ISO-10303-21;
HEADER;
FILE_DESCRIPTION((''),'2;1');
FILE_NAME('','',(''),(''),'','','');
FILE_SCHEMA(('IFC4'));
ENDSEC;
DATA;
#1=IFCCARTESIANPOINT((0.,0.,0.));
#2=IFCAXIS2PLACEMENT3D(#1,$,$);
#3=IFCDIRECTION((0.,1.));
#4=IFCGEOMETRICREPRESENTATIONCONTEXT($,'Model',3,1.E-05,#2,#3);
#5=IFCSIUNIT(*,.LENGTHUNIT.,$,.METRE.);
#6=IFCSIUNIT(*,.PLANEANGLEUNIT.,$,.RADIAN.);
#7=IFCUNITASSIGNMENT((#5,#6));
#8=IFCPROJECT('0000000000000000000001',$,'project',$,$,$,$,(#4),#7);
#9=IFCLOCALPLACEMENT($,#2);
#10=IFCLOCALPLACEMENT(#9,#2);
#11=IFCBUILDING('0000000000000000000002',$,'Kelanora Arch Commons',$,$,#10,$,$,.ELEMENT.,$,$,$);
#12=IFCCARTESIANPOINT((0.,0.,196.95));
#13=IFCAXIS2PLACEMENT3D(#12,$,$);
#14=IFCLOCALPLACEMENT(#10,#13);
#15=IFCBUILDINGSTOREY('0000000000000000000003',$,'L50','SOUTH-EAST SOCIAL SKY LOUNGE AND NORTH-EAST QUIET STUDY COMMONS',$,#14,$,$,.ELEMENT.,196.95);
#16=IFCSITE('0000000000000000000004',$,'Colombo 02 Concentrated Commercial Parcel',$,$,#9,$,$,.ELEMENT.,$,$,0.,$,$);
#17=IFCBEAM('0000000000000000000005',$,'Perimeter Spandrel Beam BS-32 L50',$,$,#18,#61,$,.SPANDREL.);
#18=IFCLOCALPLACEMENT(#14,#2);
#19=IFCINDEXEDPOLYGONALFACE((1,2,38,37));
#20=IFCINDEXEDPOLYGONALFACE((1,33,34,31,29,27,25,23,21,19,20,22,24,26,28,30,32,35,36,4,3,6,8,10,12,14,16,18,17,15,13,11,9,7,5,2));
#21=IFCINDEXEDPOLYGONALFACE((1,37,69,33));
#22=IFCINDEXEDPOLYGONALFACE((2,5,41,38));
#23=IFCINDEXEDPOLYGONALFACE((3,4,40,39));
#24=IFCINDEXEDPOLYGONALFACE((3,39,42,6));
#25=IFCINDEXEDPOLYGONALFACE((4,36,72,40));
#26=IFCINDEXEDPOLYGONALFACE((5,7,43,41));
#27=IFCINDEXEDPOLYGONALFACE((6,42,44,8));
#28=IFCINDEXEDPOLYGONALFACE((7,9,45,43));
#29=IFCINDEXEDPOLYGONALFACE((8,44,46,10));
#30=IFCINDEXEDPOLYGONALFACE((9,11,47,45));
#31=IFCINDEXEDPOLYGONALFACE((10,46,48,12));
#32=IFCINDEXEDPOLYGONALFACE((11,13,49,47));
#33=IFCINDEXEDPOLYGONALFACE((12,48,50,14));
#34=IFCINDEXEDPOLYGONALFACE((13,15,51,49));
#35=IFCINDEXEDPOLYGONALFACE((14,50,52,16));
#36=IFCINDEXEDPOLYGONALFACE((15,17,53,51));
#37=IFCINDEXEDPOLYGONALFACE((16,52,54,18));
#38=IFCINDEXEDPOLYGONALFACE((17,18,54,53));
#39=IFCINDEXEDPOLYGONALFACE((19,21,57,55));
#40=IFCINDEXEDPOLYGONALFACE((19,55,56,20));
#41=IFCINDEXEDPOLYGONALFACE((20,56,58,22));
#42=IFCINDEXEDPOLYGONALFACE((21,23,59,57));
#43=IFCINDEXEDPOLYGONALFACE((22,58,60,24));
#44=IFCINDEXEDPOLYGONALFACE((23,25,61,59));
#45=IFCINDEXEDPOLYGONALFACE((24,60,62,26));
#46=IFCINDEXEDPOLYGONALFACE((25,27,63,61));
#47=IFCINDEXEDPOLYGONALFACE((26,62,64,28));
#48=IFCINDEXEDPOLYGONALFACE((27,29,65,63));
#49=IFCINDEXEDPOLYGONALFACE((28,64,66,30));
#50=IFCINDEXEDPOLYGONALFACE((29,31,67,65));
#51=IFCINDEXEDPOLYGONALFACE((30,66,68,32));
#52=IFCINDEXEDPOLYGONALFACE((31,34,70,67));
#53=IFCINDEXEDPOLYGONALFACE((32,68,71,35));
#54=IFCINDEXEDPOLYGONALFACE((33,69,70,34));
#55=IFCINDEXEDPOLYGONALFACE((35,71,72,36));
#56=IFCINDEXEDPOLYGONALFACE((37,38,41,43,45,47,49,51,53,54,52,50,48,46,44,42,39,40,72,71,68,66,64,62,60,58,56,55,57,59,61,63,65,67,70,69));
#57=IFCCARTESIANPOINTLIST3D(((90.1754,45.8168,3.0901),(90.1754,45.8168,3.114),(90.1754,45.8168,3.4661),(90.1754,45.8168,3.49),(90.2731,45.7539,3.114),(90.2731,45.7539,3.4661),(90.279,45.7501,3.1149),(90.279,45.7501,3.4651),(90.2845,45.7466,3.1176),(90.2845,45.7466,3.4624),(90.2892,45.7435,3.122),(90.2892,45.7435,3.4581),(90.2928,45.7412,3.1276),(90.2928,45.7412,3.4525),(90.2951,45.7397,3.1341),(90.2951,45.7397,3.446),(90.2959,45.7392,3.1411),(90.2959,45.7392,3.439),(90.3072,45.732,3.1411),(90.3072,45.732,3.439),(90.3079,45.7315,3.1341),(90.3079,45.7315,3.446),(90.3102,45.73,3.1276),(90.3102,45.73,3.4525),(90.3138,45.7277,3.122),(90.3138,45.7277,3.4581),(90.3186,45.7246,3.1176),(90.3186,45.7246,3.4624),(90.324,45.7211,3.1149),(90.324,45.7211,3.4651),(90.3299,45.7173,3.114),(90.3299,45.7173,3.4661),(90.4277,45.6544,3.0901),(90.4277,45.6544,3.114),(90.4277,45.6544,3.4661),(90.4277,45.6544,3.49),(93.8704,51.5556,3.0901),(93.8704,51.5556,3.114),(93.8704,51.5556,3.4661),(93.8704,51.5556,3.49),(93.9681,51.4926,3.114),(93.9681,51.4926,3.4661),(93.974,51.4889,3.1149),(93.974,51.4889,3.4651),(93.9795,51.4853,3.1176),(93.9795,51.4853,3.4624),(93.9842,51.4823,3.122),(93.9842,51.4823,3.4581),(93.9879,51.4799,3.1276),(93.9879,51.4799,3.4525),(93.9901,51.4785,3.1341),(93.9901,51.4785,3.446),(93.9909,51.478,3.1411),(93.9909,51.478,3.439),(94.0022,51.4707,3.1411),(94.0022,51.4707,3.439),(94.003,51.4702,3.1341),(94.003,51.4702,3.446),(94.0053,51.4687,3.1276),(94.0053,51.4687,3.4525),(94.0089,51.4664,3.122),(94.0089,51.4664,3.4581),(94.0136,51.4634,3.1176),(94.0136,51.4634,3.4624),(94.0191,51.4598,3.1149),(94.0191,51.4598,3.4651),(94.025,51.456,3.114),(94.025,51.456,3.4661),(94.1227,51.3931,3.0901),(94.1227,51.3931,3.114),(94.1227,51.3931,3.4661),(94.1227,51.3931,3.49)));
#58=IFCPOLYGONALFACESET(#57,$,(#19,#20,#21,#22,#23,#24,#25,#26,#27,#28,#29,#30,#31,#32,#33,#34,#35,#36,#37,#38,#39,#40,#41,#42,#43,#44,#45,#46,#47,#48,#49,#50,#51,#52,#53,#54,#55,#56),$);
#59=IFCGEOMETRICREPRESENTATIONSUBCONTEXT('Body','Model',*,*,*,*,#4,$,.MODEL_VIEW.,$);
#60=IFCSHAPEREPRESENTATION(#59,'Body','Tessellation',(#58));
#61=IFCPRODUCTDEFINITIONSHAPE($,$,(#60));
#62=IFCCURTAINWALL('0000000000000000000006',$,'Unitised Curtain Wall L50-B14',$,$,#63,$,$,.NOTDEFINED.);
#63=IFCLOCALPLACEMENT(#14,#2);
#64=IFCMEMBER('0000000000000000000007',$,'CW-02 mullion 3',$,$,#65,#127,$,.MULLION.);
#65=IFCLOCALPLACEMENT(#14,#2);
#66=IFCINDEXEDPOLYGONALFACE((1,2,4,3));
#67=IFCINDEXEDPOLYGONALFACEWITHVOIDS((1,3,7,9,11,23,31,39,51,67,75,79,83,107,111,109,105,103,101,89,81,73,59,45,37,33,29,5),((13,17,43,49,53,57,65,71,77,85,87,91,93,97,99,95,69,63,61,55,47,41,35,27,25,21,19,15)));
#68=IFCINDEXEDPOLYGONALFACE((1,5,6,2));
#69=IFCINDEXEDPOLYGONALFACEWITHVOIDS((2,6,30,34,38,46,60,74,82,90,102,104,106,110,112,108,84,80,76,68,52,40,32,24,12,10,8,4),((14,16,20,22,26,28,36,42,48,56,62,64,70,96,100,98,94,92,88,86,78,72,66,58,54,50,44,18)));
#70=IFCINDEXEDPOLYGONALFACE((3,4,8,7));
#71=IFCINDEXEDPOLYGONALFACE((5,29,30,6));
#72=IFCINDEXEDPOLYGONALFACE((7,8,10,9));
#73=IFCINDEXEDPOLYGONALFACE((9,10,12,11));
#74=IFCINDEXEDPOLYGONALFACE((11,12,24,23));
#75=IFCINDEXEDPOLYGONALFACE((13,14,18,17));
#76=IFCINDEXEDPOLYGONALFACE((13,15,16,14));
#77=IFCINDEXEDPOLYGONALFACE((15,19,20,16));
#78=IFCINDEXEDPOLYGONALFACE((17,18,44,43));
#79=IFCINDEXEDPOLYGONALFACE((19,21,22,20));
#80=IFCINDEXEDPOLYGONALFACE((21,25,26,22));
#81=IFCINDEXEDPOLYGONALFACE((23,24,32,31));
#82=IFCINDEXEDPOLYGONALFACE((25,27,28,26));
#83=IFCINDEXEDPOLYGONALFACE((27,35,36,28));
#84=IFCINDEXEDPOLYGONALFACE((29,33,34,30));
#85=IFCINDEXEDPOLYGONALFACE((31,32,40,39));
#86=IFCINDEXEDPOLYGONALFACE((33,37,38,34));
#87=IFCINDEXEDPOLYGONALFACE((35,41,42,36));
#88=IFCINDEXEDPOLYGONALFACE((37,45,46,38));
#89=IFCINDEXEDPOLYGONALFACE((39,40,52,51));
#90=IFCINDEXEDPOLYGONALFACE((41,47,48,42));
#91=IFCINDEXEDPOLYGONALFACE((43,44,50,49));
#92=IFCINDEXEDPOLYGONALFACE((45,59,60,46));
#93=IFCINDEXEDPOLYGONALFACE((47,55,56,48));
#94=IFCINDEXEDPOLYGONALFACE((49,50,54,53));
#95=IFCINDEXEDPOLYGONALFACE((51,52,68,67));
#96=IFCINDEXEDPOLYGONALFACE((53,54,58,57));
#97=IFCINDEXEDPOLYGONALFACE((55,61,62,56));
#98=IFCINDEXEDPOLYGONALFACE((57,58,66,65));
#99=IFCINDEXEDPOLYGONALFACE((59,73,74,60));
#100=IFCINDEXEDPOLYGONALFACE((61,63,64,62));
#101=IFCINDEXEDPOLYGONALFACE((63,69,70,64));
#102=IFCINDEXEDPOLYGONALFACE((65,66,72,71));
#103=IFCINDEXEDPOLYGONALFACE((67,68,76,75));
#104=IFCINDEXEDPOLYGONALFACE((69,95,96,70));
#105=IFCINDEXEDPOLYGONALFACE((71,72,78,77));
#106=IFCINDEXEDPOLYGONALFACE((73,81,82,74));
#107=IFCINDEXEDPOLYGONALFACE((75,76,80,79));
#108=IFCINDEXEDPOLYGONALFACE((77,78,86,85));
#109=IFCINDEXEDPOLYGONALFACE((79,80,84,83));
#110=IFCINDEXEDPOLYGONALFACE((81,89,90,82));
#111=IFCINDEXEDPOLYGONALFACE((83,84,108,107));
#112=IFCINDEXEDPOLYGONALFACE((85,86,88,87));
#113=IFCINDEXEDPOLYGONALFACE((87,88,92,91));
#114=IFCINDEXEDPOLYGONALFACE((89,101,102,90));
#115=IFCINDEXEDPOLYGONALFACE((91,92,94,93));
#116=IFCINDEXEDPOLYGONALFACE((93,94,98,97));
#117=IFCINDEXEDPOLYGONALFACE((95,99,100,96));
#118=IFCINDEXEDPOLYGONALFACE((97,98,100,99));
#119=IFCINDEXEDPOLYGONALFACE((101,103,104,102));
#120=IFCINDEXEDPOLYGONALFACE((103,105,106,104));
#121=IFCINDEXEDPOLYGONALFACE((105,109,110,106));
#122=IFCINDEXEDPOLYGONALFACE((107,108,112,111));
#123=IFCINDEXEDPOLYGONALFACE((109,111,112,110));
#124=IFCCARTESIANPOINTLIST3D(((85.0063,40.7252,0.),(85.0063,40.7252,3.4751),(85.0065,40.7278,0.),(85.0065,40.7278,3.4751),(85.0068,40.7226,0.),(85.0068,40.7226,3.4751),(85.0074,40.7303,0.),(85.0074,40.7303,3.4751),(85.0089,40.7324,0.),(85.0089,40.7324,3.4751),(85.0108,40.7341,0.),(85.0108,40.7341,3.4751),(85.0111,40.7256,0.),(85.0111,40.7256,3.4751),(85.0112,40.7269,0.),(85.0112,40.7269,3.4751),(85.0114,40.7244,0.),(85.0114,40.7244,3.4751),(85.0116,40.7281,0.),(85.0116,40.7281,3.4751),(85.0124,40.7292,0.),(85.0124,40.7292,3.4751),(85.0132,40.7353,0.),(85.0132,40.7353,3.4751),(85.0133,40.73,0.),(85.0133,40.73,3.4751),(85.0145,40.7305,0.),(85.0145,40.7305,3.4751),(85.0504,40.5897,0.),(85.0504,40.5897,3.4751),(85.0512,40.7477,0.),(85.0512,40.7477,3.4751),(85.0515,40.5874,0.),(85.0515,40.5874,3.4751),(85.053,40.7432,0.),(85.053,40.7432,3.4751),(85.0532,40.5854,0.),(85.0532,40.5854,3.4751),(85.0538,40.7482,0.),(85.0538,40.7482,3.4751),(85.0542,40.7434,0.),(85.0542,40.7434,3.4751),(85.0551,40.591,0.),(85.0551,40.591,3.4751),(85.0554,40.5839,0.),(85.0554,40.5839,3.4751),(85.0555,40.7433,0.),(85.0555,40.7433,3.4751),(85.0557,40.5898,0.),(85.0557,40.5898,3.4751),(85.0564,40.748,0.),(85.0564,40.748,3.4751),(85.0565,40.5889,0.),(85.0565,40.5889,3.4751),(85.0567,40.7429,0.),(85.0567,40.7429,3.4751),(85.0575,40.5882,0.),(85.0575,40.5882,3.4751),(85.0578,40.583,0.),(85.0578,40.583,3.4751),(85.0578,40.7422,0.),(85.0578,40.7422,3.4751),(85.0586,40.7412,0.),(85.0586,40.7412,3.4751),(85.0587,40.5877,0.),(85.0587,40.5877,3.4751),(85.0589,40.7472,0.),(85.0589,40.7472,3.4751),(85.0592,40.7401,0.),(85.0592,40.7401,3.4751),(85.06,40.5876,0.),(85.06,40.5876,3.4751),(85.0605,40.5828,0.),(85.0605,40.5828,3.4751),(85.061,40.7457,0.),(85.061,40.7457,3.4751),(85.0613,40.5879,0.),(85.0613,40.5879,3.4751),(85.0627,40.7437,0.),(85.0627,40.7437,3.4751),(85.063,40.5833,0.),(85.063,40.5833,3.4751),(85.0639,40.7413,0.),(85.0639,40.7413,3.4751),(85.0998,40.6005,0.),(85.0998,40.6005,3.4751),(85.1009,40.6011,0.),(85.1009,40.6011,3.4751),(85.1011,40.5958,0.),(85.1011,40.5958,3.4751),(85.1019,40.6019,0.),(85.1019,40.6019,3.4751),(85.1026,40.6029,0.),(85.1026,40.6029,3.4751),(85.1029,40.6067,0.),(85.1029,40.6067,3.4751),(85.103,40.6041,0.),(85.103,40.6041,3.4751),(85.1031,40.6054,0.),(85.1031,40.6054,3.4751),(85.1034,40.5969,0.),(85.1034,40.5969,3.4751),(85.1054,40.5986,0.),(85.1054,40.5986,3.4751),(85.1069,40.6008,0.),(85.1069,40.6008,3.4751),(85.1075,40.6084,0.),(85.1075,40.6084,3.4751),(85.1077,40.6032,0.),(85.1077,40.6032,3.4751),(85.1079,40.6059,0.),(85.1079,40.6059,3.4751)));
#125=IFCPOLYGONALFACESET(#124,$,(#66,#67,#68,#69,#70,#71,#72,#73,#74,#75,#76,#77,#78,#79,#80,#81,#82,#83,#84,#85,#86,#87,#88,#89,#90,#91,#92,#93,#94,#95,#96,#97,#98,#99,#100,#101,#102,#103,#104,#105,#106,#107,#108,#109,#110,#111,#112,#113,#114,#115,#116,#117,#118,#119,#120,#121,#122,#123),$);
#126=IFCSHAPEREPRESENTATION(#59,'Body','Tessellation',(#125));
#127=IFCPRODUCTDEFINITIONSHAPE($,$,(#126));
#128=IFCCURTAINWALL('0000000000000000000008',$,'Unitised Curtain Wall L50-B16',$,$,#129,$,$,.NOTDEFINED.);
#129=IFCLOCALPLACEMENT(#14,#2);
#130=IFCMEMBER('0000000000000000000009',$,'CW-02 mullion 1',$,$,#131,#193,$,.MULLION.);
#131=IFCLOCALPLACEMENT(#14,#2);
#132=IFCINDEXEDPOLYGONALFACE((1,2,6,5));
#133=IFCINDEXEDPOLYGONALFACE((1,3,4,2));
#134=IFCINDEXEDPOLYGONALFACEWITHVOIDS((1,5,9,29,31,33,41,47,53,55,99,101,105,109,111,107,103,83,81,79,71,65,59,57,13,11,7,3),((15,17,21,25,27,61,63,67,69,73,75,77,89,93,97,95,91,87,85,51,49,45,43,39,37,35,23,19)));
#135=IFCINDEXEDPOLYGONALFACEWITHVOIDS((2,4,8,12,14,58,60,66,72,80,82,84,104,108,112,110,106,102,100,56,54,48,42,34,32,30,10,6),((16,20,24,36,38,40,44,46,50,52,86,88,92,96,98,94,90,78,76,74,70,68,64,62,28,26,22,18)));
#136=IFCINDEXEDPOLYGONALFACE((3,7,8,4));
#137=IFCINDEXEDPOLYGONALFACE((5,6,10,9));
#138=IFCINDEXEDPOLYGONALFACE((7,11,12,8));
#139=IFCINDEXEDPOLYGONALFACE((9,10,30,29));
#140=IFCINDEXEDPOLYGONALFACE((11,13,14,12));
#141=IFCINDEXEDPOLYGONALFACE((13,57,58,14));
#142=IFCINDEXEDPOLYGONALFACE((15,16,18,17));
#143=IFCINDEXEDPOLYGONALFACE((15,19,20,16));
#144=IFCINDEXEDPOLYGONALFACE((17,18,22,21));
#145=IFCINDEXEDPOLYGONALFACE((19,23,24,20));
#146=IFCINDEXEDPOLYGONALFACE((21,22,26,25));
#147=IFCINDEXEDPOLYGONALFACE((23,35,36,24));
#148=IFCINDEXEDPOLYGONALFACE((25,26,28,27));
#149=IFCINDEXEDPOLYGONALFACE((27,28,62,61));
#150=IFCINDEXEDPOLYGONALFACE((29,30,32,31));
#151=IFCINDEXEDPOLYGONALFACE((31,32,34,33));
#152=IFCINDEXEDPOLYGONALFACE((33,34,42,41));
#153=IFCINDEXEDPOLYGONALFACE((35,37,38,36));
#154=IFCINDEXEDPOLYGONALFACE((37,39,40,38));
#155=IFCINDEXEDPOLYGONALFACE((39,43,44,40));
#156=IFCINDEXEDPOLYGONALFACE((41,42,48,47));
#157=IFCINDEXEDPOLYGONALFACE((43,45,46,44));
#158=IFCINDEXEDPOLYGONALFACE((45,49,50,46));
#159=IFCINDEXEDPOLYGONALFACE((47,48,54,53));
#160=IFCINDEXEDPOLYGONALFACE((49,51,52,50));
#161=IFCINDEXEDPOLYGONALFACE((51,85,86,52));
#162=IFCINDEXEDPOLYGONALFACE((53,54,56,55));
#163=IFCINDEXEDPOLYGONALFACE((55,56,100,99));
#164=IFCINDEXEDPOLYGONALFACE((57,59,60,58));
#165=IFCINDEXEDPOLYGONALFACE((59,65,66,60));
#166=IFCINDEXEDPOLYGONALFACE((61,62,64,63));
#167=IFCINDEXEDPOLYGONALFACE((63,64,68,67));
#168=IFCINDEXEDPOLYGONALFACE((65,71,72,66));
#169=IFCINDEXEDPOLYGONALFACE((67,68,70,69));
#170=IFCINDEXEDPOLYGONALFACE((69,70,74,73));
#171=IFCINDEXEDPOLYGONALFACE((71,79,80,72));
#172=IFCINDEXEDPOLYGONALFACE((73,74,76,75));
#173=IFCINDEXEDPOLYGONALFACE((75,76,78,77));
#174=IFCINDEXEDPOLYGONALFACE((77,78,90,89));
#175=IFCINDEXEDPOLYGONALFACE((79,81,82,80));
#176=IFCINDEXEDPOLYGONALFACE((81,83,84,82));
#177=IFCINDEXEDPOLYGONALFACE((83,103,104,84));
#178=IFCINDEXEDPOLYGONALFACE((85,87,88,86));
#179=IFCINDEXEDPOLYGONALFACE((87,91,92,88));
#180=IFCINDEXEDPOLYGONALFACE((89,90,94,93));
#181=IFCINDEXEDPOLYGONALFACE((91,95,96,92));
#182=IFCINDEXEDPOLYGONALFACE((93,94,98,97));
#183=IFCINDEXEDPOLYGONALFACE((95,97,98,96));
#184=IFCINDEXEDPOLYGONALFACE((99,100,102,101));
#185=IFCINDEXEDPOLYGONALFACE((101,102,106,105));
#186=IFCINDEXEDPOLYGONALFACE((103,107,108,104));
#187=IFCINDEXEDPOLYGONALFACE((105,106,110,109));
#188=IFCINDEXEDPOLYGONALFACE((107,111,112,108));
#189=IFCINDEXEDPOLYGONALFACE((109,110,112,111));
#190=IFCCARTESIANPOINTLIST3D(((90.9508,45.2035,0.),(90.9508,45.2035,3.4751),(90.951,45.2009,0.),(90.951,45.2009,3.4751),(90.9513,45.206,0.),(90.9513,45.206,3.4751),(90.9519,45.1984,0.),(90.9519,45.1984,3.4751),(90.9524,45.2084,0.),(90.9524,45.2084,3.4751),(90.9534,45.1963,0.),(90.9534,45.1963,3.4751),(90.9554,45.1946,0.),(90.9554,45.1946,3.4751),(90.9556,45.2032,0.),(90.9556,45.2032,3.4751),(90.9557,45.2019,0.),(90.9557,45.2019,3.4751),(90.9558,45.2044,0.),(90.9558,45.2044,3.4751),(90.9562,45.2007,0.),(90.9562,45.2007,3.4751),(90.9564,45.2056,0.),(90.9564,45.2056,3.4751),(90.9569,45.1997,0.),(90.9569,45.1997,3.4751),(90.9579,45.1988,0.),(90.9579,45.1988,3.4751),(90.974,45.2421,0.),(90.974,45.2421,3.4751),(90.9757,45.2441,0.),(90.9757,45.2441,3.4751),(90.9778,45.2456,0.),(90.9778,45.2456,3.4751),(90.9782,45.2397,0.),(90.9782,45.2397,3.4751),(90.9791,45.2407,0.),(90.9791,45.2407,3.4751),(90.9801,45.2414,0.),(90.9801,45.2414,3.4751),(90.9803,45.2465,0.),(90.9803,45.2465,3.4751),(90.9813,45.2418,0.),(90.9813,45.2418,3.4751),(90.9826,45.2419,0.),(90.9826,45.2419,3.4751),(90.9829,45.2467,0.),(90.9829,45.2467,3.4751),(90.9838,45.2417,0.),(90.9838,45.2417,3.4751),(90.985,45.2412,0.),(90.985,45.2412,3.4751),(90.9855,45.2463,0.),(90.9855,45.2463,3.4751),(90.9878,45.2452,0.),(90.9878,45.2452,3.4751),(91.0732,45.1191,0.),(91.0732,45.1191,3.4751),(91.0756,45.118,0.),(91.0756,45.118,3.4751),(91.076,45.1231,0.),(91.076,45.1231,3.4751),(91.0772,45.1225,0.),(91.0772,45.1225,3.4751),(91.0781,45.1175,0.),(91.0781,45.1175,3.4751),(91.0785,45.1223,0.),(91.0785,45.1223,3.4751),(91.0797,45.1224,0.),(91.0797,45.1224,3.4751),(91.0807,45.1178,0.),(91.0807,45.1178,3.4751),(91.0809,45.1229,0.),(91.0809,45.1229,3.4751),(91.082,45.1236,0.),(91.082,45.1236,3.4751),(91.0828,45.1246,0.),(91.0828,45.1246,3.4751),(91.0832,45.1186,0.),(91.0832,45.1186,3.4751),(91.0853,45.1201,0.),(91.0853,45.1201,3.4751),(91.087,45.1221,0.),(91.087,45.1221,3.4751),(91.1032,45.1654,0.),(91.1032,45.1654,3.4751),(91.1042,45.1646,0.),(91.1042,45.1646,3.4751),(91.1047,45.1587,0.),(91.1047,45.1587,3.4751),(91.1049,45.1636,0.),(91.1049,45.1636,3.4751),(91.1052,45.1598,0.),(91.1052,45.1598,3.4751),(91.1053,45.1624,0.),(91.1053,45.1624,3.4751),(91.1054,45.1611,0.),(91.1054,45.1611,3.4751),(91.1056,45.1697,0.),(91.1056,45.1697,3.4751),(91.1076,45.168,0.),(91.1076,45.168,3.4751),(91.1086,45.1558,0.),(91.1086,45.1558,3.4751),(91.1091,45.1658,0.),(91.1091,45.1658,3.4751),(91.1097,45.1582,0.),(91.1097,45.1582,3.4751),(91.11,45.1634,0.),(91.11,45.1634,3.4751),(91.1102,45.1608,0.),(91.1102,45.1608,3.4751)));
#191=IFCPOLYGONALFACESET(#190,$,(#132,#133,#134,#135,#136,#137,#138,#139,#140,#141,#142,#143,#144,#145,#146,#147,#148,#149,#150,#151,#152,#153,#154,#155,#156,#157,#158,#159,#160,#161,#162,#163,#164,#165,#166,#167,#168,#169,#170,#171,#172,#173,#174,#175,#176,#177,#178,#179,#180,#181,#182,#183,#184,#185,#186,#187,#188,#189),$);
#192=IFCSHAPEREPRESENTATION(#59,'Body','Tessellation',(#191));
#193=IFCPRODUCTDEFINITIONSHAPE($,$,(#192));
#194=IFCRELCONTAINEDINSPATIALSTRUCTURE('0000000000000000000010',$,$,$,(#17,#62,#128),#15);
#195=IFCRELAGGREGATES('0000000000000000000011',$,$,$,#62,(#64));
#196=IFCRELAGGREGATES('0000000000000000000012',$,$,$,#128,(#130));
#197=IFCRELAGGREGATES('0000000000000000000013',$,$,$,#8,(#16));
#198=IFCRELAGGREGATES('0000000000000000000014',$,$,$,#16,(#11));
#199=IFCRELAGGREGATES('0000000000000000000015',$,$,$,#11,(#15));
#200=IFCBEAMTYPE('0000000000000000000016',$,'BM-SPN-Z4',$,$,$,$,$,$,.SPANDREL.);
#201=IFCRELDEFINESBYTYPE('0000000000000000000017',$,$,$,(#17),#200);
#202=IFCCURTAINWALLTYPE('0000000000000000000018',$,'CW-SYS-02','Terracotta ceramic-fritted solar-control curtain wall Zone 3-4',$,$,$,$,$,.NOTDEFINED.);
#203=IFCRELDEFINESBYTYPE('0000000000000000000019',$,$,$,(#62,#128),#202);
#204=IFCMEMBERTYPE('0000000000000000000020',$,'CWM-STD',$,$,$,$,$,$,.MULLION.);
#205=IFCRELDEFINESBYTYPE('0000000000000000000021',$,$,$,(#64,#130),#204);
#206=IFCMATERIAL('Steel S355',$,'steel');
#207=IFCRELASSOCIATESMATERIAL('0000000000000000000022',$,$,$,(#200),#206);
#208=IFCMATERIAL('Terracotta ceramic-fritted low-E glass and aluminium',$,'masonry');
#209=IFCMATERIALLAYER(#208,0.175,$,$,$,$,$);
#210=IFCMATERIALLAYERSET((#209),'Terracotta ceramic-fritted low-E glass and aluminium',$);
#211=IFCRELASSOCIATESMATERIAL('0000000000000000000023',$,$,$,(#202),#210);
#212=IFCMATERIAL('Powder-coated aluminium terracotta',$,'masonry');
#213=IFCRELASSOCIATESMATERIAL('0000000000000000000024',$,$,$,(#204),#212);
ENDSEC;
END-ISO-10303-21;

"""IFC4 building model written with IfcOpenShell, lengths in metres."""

from ifc_helpers import new_model, si_unit, direction, frame, origin, origin_2d, place, context, subcontext, project, spatial, hollow_rectangle, i_section, extrude, material, layer, layer_set, material_profile, profile_set, type_object, element, aggregate, save


model = new_model("IFC4")

# Units and contexts
model_context = context("Model", 3, precision=1e-05, world=origin(), true_north=direction((0.0, 1.0)))
body_context = subcontext(model_context, "Body", "Model", "MODEL_VIEW")
ifc_project = project(units=[si_unit("LENGTHUNIT", "METRE"), si_unit("PLANEANGLEUNIT", "RADIAN")], contexts=[model_context])

# Site, building, storey
site_placement = place(None, origin())
site = spatial("IfcSite", under=ifc_project, at=site_placement, Name="Colombo 02 Concentrated Commercial Parcel", CompositionType="ELEMENT", RefElevation=0.0)
building_placement = place(site_placement, origin())
building = spatial("IfcBuilding", under=site, at=building_placement, Name="Kelanora Arch Commons", CompositionType="ELEMENT")
storey_placement = place(building_placement, frame((0.0, 0.0, 196.95)))
storey = spatial("IfcBuildingStorey", under=building, at=storey_placement, Name="L50", Description="SOUTH-EAST SOCIAL SKY LOUNGE AND NORTH-EAST QUIET STUDY COMMONS", CompositionType="ELEMENT", Elevation=196.95)

# Beam
ifc_material_1 = material(Name="Steel S355", Category="steel")
ifc_material_profile_1 = material_profile(ifc_material_1, i_section(OverallWidth=0.3, OverallDepth=0.3999, WebThickness=0.0134, FlangeThickness=0.0239, FilletRadius=0.0271, at=origin_2d()), Name="HEB400")
ifc_profile_set_1 = profile_set([ifc_material_profile_1], Name="Steel S355")
beam_type_1 = type_object("IfcBeamType", Name="BM-SPN-Z4", PredefinedType="SPANDREL", material=ifc_profile_set_1)
beam_1_placement = place(storey_placement, frame((90.3015, 45.7356, 3.29), z_axis=(0.541365, 0.840788, 0.0), x_axis=(-0.840788, 0.541365, 0.0)))
element("IfcBeam", 1, at=beam_1_placement, inside=storey, type_object=beam_type_1, Name="Perimeter Spandrel Beam BS-32 L50", PredefinedType="SPANDREL", context=body_context, shape_type="SweptSolid", body=[
    extrude(i_section(OverallWidth=0.3, OverallDepth=0.3999, WebThickness=0.0134, FlangeThickness=0.0239, FilletRadius=0.0271, at=origin_2d()), origin(), (0.0, 0.0, 1.0), 6.8254),
])

# Curtain wall, member
ifc_material_2 = material(Name="Terracotta ceramic-fritted low-E glass and aluminium", Category="masonry")
ifc_layer_1 = layer(ifc_material_2, 0.175)
ifc_layer_set_1 = layer_set([ifc_layer_1], Name="Terracotta ceramic-fritted low-E glass and aluminium")
curtain_wall_type = type_object("IfcCurtainWallType", Name="CW-SYS-02", Description="Terracotta ceramic-fritted solar-control curtain wall Zone 3-4", PredefinedType="NOTDEFINED", material=ifc_layer_set_1)
curtain_wall_1_placement = place(storey_placement, origin())
curtain_wall_1 = element("IfcCurtainWall", 2, at=curtain_wall_1_placement, inside=storey, type_object=curtain_wall_type, Name="Unitised Curtain Wall L50-B14", PredefinedType="NOTDEFINED")
ifc_material_3 = material(Name="Powder-coated aluminium terracotta", Category="masonry")
ifc_material_profile_2 = material_profile(ifc_material_3, hollow_rectangle(XDim=0.1599, YDim=0.0601, WallThickness=0.0049, InnerFilletRadius=0.0049, OuterFilletRadius=0.01, at=origin_2d()), Name="CWM160x60")
ifc_profile_set_2 = profile_set([ifc_material_profile_2], Name="Powder-coated aluminium terracotta")
member_type_1 = type_object("IfcMemberType", Name="CWM-STD", PredefinedType="MULLION", material=ifc_profile_set_2)
member_1_placement = place(storey_placement, frame((85.0571, 40.6655, 0.0), z_axis=(0.0, 0.0, 1.0), x_axis=(-0.311582, 0.950219, 0.0)))
member_1 = element("IfcMember", 3, at=member_1_placement, type_object=member_type_1, Name="CW-02 mullion 3", PredefinedType="MULLION", context=body_context, shape_type="SweptSolid", body=[
    extrude(hollow_rectangle(XDim=0.1599, YDim=0.0601, WallThickness=0.0049, InnerFilletRadius=0.0049, OuterFilletRadius=0.01, at=origin_2d()), origin(), (0.0, 0.0, 1.0), 3.4751),
])

# Curtain wall, member
curtain_wall_2_placement = place(storey_placement, origin())
curtain_wall_2 = element("IfcCurtainWall", 4, at=curtain_wall_2_placement, inside=storey, type_object=curtain_wall_type, Name="Unitised Curtain Wall L50-B16", PredefinedType="NOTDEFINED")
member_2_placement = place(storey_placement, frame((91.0305, 45.1821, 0.0), z_axis=(0.0, 0.0, 1.0), x_axis=(-0.841948, 0.539559, 0.0)))
member_2 = element("IfcMember", 5, at=member_2_placement, type_object=member_type_1, Name="CW-02 mullion 1", PredefinedType="MULLION", context=body_context, shape_type="SweptSolid", body=[
    extrude(hollow_rectangle(XDim=0.1599, YDim=0.0601, WallThickness=0.0049, InnerFilletRadius=0.0049, OuterFilletRadius=0.01, at=origin_2d()), origin(), (0.0, 0.0, 1.0), 3.4751),
])

aggregate(curtain_wall_1, [member_1])
aggregate(curtain_wall_2, [member_2])

save(model, "model.ifc")
